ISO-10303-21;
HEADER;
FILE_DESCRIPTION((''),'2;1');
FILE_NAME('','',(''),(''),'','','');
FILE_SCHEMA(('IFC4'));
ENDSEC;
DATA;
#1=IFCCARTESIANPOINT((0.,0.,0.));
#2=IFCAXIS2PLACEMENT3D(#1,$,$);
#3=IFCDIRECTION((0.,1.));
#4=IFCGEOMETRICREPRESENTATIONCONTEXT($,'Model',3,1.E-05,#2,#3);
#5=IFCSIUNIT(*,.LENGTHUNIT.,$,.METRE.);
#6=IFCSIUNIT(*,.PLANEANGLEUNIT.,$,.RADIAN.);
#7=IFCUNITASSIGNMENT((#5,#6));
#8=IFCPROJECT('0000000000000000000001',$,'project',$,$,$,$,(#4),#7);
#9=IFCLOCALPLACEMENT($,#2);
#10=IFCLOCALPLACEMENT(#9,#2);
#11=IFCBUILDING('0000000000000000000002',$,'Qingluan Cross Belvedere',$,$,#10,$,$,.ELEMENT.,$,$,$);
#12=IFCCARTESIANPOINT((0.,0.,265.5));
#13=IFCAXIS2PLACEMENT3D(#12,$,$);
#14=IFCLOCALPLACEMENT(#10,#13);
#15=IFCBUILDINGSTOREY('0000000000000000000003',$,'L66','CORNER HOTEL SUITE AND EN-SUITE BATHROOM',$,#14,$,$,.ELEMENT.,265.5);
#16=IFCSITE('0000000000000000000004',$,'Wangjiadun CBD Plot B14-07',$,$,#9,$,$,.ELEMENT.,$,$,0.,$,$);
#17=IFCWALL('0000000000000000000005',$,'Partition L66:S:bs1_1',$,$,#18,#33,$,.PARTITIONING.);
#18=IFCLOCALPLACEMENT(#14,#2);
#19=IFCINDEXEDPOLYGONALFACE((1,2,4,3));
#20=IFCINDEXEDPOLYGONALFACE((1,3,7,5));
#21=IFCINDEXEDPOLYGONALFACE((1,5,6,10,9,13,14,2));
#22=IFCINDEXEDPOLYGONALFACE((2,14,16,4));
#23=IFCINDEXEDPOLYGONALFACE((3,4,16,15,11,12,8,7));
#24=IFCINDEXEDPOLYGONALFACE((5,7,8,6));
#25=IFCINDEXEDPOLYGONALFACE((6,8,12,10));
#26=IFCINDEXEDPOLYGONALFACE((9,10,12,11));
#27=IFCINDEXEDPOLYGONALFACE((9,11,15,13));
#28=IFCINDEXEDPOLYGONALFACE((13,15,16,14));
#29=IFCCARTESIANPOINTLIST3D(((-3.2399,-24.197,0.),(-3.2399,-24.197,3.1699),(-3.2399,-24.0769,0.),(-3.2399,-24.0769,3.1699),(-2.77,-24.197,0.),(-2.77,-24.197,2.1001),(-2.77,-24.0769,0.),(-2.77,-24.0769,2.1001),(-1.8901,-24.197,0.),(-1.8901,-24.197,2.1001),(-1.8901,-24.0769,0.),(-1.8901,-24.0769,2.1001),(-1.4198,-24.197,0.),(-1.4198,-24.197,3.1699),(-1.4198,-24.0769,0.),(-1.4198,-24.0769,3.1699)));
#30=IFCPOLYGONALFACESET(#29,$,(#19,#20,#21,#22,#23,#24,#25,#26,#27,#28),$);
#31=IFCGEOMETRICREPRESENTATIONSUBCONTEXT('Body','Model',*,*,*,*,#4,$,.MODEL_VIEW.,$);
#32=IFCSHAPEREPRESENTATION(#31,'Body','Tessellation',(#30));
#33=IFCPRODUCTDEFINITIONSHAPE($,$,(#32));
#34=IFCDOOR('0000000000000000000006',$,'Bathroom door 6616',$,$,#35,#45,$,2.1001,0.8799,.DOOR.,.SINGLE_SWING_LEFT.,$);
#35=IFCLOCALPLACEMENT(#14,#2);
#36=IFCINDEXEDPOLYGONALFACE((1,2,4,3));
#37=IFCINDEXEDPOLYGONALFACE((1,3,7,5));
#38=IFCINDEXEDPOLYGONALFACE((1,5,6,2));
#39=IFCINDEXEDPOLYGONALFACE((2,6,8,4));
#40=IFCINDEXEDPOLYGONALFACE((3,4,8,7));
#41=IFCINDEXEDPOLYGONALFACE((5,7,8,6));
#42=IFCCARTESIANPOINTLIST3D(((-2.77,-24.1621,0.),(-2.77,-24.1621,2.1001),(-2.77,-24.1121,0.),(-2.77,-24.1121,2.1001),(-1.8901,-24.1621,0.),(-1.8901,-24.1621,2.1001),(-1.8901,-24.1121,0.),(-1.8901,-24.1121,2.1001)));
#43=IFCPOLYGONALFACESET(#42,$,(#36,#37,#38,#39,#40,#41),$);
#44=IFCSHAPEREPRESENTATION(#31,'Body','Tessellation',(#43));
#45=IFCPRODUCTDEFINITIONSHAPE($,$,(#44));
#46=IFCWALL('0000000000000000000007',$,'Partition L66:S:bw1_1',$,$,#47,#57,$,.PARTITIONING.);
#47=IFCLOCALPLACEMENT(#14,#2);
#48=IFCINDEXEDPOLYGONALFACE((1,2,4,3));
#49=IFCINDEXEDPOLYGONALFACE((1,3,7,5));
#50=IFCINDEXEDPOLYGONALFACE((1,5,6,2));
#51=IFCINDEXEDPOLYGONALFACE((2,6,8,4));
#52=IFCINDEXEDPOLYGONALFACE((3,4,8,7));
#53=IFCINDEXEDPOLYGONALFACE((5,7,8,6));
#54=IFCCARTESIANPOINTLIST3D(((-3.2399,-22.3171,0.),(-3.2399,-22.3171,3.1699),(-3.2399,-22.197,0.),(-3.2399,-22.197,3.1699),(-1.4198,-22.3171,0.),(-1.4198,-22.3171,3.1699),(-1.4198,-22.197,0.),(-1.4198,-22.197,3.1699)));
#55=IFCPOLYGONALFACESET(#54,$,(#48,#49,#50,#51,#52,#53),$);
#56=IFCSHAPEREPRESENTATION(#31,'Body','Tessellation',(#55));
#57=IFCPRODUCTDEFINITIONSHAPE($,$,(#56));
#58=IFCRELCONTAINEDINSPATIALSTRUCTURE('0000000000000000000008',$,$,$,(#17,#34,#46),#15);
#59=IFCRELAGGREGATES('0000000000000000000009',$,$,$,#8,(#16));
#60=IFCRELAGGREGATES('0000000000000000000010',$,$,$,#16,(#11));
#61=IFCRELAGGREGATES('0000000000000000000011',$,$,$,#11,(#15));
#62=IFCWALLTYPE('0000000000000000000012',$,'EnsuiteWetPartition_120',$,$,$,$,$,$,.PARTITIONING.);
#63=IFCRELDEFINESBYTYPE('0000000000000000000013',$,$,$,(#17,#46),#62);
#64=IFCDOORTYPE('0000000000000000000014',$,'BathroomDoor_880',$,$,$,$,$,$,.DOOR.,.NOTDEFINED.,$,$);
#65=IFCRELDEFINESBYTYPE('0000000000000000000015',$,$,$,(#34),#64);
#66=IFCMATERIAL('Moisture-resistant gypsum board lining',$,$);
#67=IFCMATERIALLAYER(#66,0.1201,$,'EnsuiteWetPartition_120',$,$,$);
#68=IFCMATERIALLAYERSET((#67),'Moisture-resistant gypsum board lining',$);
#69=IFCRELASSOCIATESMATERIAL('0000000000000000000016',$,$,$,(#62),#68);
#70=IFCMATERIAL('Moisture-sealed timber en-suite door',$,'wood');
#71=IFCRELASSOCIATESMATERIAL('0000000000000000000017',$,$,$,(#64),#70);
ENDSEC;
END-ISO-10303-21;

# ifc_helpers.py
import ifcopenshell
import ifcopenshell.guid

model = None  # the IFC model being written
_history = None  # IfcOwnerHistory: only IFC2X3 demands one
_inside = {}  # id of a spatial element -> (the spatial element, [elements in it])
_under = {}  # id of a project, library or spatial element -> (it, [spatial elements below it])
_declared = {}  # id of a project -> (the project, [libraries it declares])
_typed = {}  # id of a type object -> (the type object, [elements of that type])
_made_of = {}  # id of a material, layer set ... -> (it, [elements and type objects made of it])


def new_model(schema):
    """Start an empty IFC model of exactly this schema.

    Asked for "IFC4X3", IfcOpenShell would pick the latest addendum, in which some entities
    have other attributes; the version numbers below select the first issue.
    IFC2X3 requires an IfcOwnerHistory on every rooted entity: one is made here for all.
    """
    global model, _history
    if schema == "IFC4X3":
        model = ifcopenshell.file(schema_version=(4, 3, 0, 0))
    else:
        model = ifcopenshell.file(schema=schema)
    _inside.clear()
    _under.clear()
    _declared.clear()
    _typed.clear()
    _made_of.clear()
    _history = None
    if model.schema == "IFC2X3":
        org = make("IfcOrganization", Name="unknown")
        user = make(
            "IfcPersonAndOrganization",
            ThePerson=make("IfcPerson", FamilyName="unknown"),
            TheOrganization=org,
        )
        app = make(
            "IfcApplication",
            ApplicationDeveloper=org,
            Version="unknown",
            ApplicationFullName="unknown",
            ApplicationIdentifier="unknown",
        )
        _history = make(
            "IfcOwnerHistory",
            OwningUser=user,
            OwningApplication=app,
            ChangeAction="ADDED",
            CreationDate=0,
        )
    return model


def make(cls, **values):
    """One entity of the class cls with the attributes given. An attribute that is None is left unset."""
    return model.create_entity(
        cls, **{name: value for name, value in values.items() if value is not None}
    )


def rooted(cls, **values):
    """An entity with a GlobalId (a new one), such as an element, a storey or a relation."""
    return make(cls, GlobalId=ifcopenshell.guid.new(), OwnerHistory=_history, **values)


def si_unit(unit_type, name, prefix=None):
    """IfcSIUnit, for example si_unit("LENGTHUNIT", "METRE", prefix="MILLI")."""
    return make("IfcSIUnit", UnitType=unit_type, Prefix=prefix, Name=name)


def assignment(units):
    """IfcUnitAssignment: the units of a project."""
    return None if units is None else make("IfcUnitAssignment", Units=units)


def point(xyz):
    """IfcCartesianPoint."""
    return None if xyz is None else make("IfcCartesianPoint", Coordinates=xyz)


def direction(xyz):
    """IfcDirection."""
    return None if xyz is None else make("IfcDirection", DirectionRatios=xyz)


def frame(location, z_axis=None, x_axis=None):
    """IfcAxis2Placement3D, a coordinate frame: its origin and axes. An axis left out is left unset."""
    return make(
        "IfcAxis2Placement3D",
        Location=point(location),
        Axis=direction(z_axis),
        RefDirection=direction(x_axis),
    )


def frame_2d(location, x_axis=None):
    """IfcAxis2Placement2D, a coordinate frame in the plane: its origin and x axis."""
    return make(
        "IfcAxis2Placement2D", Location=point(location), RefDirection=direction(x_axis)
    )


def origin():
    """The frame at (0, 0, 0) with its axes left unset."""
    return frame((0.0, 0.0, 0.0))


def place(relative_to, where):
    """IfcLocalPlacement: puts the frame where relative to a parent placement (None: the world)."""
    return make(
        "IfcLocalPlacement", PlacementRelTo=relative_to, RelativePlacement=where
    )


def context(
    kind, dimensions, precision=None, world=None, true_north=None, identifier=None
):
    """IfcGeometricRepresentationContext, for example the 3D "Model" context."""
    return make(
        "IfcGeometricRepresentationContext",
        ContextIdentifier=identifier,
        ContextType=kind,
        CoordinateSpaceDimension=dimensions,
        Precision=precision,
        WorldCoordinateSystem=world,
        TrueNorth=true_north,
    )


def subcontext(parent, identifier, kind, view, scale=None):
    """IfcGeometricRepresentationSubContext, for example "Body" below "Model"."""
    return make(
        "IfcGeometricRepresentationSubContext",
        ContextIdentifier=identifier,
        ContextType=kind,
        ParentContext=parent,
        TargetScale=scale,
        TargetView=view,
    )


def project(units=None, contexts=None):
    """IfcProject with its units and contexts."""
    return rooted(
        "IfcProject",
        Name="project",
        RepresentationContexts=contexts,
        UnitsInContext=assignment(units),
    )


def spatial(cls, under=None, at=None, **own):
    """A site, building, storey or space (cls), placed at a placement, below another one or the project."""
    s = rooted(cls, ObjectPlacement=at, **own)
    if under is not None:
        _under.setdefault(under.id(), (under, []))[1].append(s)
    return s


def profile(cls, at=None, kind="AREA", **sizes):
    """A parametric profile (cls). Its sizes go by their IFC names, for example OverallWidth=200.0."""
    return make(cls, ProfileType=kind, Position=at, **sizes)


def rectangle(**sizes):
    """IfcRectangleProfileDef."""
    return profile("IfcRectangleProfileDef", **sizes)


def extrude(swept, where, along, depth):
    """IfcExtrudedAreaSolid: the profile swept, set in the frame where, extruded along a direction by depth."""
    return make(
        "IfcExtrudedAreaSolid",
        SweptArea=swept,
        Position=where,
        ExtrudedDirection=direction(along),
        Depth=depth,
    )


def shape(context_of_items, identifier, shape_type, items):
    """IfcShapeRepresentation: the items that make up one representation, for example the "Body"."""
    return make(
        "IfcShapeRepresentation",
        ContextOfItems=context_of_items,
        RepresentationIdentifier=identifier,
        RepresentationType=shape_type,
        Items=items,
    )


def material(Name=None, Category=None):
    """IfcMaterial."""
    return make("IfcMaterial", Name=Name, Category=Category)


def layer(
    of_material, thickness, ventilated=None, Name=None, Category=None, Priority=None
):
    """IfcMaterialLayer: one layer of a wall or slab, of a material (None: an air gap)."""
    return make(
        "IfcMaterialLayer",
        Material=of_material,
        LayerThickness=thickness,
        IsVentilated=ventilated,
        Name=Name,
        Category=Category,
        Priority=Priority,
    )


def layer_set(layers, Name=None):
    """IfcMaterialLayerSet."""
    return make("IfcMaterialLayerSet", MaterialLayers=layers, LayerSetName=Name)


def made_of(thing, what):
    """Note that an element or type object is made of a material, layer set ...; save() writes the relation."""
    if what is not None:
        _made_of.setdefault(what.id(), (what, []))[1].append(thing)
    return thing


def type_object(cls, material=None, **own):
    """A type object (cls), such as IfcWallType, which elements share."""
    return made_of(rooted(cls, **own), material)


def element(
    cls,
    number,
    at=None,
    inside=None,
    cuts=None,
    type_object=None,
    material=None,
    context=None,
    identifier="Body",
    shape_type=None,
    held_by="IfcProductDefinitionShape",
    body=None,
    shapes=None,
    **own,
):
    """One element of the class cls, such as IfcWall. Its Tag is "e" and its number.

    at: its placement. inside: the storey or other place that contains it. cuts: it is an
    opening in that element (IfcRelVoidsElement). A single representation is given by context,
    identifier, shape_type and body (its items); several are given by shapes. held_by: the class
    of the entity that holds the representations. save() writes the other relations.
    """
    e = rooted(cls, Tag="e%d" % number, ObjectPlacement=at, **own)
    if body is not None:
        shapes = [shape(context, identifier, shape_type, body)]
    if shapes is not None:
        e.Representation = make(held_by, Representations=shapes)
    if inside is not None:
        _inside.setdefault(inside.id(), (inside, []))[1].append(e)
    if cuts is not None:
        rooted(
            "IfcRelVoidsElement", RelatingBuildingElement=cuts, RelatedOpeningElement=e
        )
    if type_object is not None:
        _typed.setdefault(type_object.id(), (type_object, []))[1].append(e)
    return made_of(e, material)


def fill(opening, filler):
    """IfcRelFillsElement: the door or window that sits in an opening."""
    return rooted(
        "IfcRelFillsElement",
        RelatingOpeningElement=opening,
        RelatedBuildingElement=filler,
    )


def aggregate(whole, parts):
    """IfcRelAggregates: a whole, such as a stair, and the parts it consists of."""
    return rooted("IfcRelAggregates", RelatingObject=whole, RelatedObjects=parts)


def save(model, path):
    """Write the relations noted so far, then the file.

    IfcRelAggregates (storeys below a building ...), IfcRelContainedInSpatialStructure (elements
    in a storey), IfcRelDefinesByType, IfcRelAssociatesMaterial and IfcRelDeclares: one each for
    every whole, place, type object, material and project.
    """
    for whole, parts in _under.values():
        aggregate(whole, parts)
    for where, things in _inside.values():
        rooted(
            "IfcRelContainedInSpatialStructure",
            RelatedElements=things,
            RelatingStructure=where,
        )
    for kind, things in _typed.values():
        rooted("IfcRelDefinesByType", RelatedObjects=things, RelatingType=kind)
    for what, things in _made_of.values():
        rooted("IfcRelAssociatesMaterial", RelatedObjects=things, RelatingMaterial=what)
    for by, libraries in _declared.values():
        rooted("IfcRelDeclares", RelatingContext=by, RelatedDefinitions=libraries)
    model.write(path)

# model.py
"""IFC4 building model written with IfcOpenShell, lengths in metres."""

from ifc_helpers import new_model, si_unit, direction, frame, frame_2d, origin, place, context, subcontext, project, spatial, rectangle, extrude, material, layer, layer_set, type_object, element, fill, save


model = new_model("IFC4")

# Units and contexts
model_context = context("Model", 3, precision=1e-05, world=origin(), true_north=direction((0.0, 1.0)))
body_context = subcontext(model_context, "Body", "Model", "MODEL_VIEW")
ifc_project = project(units=[si_unit("LENGTHUNIT", "METRE"), si_unit("PLANEANGLEUNIT", "RADIAN")], contexts=[model_context])

# Site, building, storey
site_placement = place(None, origin())
site = spatial("IfcSite", under=ifc_project, at=site_placement, Name="Wangjiadun CBD Plot B14-07", CompositionType="ELEMENT", RefElevation=0.0)
building_placement = place(site_placement, origin())
building = spatial("IfcBuilding", under=site, at=building_placement, Name="Qingluan Cross Belvedere", CompositionType="ELEMENT")
storey_placement = place(building_placement, frame((0.0, 0.0, 265.5)))
storey = spatial("IfcBuildingStorey", under=building, at=storey_placement, Name="L66", Description="CORNER HOTEL SUITE AND EN-SUITE BATHROOM", CompositionType="ELEMENT", Elevation=265.5)

# Shared definitions
ifc_material_1 = material(Name="Moisture-resistant gypsum board lining")
ifc_layer_1 = layer(ifc_material_1, 0.1201, Name="EnsuiteWetPartition_120")
ifc_layer_set_1 = layer_set([ifc_layer_1], Name="Moisture-resistant gypsum board lining")
wall_type_1 = type_object("IfcWallType", Name="EnsuiteWetPartition_120", PredefinedType="PARTITIONING", material=ifc_layer_set_1)
ifc_material_2 = material(Name="Moisture-sealed timber en-suite door", Category="wood")
door_type_1 = type_object("IfcDoorType", Name="BathroomDoor_880", OperationType="NOTDEFINED", PredefinedType="DOOR", material=ifc_material_2)

# Wall, opening, door
wall_1_placement = place(storey_placement, frame((-3.24, -24.137, 0.0), z_axis=(0.0, 0.0, 1.0), x_axis=(1.0, 0.0, 0.0)))
wall_1 = element("IfcWall", 1, at=wall_1_placement, inside=storey, type_object=wall_type_1, Name="Partition L66:S:bs1_1", PredefinedType="PARTITIONING", context=body_context, shape_type="SweptSolid", body=[
    extrude(rectangle(XDim=1.8201, YDim=0.1201, at=frame_2d((0.9102, 0.0))), origin(), (0.0, 0.0, 1.0), 3.1699),
])
opening_1_placement = place(wall_1_placement, frame((0.47, 0.0, 0.0)))
opening_1 = element("IfcOpeningElement", 2, at=opening_1_placement, cuts=wall_1, PredefinedType="OPENING", context=body_context, shape_type="SweptSolid", body=[
    extrude(rectangle(XDim=0.8799, YDim=2.1001, at=frame_2d((0.4399, 1.05))), frame((0.0, 0.0701, 0.0), z_axis=(0.0, -1.0, 0.0), x_axis=(1.0, 0.0, 0.0)), (0.0, 0.0, 1.0), 0.1401),
])
door_1_placement = place(opening_1_placement, origin())
door_1 = element("IfcDoor", 3, at=door_1_placement, inside=storey, type_object=door_type_1, Name="Bathroom door 6616", OperationType="SINGLE_SWING_LEFT", OverallHeight=2.1001, OverallWidth=0.8799, PredefinedType="DOOR", context=body_context, shape_type="SweptSolid", body=[
    extrude(rectangle(XDim=0.8799, YDim=2.1001, at=frame_2d((0.4399, 1.05))), frame((0.0, 0.0249, 0.0), z_axis=(0.0, -1.0, 0.0), x_axis=(1.0, 0.0, 0.0)), (0.0, 0.0, 1.0), 0.05),
])
fill(opening_1, door_1)

# Wall
wall_2_placement = place(storey_placement, frame((-3.24, -22.2571, 0.0), z_axis=(0.0, 0.0, 1.0), x_axis=(1.0, 0.0, 0.0)))
element("IfcWall", 4, at=wall_2_placement, inside=storey, type_object=wall_type_1, Name="Partition L66:S:bw1_1", PredefinedType="PARTITIONING", context=body_context, shape_type="SweptSolid", body=[
    extrude(rectangle(XDim=1.8201, YDim=0.1201, at=frame_2d((0.9102, 0.0))), origin(), (0.0, 0.0, 1.0), 3.1699),
])

save(model, "model.ifc")
